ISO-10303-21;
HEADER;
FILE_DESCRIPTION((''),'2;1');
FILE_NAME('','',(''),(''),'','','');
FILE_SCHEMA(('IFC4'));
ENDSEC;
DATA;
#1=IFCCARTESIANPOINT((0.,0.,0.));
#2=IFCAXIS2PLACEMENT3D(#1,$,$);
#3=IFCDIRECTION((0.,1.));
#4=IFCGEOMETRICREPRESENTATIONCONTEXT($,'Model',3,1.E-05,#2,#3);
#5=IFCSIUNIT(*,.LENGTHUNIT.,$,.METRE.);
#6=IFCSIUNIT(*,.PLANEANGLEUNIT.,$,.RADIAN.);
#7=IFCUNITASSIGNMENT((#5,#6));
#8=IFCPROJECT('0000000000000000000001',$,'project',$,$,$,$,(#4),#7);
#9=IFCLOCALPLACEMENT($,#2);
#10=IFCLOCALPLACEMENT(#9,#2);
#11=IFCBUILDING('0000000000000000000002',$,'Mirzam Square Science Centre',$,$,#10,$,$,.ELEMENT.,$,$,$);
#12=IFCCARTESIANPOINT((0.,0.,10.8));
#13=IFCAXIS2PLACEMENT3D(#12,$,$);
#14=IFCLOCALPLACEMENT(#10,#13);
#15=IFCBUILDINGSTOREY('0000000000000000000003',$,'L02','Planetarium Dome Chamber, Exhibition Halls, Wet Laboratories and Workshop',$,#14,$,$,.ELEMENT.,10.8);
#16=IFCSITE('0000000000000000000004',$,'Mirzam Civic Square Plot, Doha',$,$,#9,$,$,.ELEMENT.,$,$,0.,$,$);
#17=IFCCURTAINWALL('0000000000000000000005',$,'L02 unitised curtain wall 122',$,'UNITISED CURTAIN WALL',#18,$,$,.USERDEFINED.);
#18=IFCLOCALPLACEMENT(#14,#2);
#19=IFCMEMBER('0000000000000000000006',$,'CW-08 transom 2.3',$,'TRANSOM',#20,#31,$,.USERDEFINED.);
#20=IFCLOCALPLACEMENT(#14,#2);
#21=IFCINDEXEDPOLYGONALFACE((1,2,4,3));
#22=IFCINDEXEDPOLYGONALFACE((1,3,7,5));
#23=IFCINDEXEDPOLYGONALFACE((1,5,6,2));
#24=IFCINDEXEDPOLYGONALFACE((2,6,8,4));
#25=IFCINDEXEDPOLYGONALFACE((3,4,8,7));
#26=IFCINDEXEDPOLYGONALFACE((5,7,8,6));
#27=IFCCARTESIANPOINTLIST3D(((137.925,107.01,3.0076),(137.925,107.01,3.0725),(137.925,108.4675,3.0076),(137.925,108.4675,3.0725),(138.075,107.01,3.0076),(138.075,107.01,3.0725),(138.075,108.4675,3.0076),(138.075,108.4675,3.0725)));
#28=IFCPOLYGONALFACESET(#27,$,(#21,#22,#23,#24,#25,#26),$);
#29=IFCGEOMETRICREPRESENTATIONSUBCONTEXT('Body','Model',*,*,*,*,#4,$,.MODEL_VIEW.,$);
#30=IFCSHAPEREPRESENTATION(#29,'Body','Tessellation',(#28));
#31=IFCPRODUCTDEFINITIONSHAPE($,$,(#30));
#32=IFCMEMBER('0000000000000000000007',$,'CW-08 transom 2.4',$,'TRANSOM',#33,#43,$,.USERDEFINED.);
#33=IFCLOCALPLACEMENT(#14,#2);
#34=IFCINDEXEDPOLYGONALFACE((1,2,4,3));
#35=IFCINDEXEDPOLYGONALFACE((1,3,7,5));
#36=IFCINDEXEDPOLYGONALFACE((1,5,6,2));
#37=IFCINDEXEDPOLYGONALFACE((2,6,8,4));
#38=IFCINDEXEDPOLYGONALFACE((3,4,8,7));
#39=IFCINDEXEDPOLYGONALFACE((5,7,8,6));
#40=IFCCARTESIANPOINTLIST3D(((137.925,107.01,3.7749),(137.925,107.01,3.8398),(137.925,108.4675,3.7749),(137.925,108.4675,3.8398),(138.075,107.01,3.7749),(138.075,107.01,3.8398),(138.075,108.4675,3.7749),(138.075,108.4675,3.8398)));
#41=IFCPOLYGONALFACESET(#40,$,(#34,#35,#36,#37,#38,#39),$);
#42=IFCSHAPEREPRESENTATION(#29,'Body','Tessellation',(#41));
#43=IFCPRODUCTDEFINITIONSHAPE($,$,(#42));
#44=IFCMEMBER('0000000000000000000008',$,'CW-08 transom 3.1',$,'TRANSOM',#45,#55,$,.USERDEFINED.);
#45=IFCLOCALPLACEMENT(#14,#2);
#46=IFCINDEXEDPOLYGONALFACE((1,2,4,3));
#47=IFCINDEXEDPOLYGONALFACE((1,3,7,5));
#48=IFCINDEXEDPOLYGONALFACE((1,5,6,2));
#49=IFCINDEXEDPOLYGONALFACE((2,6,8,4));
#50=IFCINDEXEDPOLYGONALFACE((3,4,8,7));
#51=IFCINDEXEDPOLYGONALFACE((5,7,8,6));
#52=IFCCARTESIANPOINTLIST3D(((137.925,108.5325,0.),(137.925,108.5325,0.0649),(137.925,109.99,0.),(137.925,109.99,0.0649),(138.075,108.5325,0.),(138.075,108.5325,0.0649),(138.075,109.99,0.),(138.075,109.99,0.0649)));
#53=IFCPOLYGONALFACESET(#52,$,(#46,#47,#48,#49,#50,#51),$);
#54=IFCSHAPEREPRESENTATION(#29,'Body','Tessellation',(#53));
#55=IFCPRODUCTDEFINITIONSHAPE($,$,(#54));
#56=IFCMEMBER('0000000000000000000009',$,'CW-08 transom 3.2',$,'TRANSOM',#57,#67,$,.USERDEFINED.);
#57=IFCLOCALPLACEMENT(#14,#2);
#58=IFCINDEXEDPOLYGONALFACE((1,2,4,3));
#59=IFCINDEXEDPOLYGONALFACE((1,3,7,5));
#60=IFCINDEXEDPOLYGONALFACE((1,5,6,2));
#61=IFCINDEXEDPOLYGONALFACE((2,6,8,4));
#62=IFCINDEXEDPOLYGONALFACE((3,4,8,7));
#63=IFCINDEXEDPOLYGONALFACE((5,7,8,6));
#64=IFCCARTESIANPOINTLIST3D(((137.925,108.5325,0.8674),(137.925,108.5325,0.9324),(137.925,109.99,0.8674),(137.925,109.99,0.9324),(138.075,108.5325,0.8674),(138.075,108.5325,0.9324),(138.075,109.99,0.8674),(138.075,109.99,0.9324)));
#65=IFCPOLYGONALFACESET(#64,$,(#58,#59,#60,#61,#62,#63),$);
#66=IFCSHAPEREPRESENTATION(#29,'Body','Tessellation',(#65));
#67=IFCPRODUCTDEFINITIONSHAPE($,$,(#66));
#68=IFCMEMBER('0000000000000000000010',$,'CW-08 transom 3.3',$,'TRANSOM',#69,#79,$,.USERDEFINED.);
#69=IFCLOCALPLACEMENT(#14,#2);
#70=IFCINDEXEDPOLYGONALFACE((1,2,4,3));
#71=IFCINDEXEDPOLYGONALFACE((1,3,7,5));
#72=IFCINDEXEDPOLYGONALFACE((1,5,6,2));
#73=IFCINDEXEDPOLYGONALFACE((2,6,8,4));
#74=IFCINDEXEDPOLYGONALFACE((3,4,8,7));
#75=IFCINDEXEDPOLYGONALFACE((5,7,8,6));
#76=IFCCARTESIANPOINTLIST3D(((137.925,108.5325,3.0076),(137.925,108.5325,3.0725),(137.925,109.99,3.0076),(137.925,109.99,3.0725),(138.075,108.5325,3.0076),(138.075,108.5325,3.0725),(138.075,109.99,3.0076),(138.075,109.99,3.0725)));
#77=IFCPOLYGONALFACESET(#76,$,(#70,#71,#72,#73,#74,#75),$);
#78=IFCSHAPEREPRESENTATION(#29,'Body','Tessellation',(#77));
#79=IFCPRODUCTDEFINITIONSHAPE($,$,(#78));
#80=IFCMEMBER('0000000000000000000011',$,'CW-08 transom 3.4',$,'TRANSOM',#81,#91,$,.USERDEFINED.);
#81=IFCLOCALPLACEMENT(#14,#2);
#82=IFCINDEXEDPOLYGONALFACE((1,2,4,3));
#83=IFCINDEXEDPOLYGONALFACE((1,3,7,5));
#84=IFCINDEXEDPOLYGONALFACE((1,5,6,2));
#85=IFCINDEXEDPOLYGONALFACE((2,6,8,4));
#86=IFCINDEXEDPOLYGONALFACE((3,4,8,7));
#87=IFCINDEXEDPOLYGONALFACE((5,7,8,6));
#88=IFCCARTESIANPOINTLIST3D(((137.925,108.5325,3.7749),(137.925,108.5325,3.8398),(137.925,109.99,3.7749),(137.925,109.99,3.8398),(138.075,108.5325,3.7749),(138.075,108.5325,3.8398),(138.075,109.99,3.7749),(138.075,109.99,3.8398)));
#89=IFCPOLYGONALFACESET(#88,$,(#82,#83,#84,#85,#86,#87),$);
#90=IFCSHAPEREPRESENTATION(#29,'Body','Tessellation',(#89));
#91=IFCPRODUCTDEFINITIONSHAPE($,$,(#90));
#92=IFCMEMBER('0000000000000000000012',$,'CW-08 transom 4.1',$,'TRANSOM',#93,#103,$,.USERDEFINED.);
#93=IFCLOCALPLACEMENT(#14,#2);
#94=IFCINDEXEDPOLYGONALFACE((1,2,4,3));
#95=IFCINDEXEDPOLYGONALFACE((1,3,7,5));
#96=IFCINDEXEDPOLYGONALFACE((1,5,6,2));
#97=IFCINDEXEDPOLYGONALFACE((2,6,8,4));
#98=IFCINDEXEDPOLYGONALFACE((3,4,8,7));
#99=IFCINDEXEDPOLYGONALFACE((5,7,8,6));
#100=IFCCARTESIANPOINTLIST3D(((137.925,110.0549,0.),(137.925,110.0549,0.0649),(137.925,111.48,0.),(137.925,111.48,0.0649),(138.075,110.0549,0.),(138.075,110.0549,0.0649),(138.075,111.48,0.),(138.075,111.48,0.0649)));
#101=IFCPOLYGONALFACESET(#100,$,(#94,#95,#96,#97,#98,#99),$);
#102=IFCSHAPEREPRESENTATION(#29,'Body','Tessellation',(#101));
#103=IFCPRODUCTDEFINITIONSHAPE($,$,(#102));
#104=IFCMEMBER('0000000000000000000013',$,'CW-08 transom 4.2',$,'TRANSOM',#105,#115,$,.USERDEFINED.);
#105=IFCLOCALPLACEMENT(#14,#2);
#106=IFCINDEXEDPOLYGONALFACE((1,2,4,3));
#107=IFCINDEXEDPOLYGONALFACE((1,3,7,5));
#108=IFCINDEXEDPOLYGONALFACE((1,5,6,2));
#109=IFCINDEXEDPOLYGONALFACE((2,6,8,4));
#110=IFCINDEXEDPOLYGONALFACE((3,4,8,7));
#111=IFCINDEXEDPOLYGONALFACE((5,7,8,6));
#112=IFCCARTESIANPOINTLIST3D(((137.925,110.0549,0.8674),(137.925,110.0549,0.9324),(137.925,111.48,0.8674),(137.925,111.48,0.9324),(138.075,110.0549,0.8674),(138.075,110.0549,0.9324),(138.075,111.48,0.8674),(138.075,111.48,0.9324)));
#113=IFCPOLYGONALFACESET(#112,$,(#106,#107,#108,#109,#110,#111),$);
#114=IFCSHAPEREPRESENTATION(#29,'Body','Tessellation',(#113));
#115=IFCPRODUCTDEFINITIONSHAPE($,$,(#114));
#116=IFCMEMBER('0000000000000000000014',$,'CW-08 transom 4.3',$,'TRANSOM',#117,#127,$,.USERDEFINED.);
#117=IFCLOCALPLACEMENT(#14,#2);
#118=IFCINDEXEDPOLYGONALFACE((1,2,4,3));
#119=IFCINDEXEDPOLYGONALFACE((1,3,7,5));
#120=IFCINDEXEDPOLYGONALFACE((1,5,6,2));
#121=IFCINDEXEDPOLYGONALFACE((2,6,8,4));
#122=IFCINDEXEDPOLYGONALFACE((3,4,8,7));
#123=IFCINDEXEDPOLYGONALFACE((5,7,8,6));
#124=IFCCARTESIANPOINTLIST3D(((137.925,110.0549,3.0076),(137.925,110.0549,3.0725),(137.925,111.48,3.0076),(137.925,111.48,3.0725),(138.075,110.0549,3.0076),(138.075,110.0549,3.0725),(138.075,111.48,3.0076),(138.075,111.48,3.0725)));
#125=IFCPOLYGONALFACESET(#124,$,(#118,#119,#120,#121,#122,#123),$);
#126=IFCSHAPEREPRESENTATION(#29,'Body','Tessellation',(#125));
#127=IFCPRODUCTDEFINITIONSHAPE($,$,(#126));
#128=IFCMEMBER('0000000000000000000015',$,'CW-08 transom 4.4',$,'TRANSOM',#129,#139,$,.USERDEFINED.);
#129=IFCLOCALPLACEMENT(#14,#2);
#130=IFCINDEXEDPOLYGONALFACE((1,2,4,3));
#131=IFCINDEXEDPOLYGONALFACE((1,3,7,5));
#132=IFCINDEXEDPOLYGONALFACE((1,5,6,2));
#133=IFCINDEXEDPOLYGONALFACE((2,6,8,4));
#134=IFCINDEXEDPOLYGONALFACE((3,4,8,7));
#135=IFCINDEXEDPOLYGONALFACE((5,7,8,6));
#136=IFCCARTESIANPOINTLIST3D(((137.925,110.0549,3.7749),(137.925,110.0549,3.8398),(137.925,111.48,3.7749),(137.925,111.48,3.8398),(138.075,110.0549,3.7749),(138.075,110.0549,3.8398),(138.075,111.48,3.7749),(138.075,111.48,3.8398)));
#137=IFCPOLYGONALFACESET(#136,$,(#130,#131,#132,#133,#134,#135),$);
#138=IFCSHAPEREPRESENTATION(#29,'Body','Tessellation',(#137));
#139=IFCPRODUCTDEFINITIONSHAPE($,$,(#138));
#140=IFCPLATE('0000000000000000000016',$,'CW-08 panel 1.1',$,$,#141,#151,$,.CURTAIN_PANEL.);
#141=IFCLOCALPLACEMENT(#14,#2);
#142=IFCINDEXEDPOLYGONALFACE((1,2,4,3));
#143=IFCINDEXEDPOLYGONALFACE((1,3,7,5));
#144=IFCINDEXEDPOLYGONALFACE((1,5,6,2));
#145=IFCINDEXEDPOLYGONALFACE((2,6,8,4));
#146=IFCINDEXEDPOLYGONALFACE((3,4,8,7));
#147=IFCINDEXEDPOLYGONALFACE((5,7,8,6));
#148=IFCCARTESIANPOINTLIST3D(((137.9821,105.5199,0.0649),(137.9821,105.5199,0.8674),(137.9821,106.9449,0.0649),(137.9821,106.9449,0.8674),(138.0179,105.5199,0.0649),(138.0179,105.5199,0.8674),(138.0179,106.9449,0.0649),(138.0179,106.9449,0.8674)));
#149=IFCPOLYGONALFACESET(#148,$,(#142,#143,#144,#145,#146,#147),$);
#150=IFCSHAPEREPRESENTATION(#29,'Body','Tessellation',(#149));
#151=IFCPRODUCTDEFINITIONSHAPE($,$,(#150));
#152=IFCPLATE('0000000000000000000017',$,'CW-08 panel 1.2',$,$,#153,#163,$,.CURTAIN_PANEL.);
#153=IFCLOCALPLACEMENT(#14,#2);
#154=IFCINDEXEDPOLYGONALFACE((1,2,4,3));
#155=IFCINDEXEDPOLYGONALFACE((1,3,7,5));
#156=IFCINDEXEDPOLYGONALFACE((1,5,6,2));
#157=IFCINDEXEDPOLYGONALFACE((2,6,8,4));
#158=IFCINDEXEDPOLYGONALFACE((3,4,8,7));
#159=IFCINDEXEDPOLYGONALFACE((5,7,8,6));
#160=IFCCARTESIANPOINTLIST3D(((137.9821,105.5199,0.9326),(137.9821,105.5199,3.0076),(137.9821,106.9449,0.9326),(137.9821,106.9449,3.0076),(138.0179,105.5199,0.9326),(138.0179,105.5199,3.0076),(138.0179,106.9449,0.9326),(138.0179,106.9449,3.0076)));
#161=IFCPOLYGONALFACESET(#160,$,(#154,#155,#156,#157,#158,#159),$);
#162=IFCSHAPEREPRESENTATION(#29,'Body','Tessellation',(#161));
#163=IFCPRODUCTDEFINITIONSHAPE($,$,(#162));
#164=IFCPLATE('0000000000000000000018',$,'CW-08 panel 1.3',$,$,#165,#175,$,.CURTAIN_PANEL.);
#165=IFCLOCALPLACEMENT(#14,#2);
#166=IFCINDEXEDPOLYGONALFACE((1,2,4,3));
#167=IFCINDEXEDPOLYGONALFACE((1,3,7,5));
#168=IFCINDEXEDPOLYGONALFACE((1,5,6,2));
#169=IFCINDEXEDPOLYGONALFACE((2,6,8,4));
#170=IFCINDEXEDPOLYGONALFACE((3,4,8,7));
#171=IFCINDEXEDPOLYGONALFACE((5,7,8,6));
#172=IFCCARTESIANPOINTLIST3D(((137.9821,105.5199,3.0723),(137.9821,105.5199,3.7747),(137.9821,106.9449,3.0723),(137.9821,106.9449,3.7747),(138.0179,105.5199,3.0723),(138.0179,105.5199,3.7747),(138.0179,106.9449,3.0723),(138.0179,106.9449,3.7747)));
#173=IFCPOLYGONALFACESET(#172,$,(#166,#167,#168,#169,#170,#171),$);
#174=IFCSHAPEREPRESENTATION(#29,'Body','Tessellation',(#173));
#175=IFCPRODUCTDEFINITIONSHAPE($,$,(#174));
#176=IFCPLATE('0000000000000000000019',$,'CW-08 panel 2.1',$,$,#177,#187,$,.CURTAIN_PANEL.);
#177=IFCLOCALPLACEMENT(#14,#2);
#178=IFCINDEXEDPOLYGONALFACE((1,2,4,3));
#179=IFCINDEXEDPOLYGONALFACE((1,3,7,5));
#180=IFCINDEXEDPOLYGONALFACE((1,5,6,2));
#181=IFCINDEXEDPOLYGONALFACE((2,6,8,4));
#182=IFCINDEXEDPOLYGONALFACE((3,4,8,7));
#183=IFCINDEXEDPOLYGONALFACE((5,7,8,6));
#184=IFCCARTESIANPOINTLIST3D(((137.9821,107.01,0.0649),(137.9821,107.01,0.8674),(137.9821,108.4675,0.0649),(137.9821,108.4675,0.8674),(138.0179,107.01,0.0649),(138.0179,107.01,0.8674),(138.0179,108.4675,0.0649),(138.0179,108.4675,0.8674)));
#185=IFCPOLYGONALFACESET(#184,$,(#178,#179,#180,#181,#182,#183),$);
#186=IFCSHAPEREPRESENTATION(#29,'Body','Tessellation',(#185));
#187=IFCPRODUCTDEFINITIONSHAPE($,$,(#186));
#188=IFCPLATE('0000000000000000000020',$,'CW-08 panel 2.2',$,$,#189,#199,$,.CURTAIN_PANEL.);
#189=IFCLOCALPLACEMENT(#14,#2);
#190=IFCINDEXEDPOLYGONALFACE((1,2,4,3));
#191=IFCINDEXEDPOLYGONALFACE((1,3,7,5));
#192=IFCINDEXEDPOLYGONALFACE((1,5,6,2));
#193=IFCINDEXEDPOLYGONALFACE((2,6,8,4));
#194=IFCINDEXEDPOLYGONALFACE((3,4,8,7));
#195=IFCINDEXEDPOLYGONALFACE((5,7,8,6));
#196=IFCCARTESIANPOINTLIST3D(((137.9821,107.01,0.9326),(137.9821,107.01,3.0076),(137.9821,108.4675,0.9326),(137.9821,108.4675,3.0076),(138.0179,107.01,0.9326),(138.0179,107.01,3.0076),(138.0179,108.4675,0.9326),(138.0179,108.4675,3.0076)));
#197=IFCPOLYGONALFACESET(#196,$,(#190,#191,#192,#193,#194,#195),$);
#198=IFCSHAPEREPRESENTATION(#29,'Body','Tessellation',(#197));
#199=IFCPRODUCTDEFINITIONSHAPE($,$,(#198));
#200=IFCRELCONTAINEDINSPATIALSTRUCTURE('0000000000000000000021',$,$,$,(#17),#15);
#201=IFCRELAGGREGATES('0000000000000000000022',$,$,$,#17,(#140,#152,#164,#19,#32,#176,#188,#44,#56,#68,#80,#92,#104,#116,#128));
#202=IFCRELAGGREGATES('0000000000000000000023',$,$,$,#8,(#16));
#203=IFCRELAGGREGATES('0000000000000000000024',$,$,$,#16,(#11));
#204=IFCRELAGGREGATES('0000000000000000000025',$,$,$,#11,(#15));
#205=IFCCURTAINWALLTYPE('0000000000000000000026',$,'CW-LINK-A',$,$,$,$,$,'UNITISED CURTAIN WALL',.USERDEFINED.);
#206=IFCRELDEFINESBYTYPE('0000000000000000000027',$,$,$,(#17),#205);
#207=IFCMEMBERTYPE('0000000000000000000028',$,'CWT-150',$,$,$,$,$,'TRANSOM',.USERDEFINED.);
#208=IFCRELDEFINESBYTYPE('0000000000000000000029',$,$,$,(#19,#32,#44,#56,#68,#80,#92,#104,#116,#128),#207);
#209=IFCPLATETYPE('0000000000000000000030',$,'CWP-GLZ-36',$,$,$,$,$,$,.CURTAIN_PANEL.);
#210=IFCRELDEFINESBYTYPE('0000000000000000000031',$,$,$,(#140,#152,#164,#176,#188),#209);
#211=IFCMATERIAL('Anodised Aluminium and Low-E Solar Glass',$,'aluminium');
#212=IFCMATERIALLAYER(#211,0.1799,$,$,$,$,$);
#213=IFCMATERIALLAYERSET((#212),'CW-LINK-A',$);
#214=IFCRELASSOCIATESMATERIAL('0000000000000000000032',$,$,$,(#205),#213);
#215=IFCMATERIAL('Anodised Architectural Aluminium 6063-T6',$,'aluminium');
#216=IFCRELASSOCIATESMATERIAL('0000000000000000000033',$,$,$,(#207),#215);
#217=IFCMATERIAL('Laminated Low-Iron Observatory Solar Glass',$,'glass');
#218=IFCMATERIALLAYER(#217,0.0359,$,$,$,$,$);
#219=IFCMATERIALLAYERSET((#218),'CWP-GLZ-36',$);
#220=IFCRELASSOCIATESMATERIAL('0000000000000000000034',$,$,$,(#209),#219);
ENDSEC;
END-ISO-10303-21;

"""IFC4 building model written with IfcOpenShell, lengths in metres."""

from ifc_helpers import new_model, si_unit, direction, frame, origin, origin_2d, place, context, subcontext, project, spatial, rectangle, extrude, material, layer, layer_set, material_profile, profile_set, type_object, element, aggregate, save


model = new_model("IFC4")

# Units and contexts
model_context = context("Model", 3, precision=1e-05, world=origin(), true_north=direction((0.0, 1.0)))
body_context = subcontext(model_context, "Body", "Model", "MODEL_VIEW")
ifc_project = project(units=[si_unit("LENGTHUNIT", "METRE"), si_unit("PLANEANGLEUNIT", "RADIAN")], contexts=[model_context])

# Site, building, storey
site_placement = place(None, origin())
site = spatial("IfcSite", under=ifc_project, at=site_placement, Name="Mirzam Civic Square Plot, Doha", CompositionType="ELEMENT", RefElevation=0.0)
building_placement = place(site_placement, origin())
building = spatial("IfcBuilding", under=site, at=building_placement, Name="Mirzam Square Science Centre", CompositionType="ELEMENT")
storey_placement = place(building_placement, frame((0.0, 0.0, 10.8)))
storey = spatial("IfcBuildingStorey", under=building, at=storey_placement, Name="L02", Description="Planetarium Dome Chamber, Exhibition Halls, Wet Laboratories and Workshop", CompositionType="ELEMENT", Elevation=10.8)

# Curtain wall, members, plates
ifc_material_1 = material(Name="Anodised Aluminium and Low-E Solar Glass", Category="aluminium")
ifc_layer_1 = layer(ifc_material_1, 0.1799)
ifc_layer_set_1 = layer_set([ifc_layer_1], Name="CW-LINK-A")
curtain_wall_type = type_object("IfcCurtainWallType", Name="CW-LINK-A", ElementType="UNITISED CURTAIN WALL", PredefinedType="USERDEFINED", material=ifc_layer_set_1)
curtain_wall_placement = place(storey_placement, origin())
curtain_wall = element("IfcCurtainWall", 1, at=curtain_wall_placement, inside=storey, type_object=curtain_wall_type, Name="L02 unitised curtain wall 122", ObjectType="UNITISED CURTAIN WALL", PredefinedType="USERDEFINED")
ifc_material_2 = material(Name="Anodised Architectural Aluminium 6063-T6", Category="aluminium")
ifc_material_profile_1 = material_profile(ifc_material_2, rectangle(XDim=0.1499, YDim=0.0649, at=origin_2d()), Name="ALU-TRAN-150x65x4")
ifc_profile_set_1 = profile_set([ifc_material_profile_1], Name="Anodised Architectural Aluminium 6063-T6")
member_type_1 = type_object("IfcMemberType", Name="CWT-150", ElementType="TRANSOM", PredefinedType="USERDEFINED", material=ifc_profile_set_1)
member_1_placement = place(storey_placement, frame((138.0, 107.01, 3.04), z_axis=(0.0, 1.0, 0.0), x_axis=(-1.0, 0.0, 0.0)))
member_1 = element("IfcMember", 2, at=member_1_placement, type_object=member_type_1, Name="CW-08 transom 2.3", ObjectType="TRANSOM", PredefinedType="USERDEFINED", context=body_context, shape_type="SweptSolid", body=[
    extrude(rectangle(XDim=0.1499, YDim=0.0649, at=origin_2d()), origin(), (0.0, 0.0, 1.0), 1.4575),
])
member_2_placement = place(storey_placement, frame((138.0, 107.01, 3.8074), z_axis=(0.0, 1.0, 0.0), x_axis=(-1.0, 0.0, 0.0)))
member_2 = element("IfcMember", 3, at=member_2_placement, type_object=member_type_1, Name="CW-08 transom 2.4", ObjectType="TRANSOM", PredefinedType="USERDEFINED", context=body_context, shape_type="SweptSolid", body=[
    extrude(rectangle(XDim=0.1499, YDim=0.0649, at=origin_2d()), origin(), (0.0, 0.0, 1.0), 1.4575),
])
member_3_placement = place(storey_placement, frame((138.0, 108.5325, 0.0325), z_axis=(0.0, 1.0, 0.0), x_axis=(-1.0, 0.0, 0.0)))
member_3 = element("IfcMember", 4, at=member_3_placement, type_object=member_type_1, Name="CW-08 transom 3.1", ObjectType="TRANSOM", PredefinedType="USERDEFINED", context=body_context, shape_type="SweptSolid", body=[
    extrude(rectangle(XDim=0.1499, YDim=0.0649, at=origin_2d()), origin(), (0.0, 0.0, 1.0), 1.4575),
])
member_4_placement = place(storey_placement, frame((138.0, 108.5325, 0.8999), z_axis=(0.0, 1.0, 0.0), x_axis=(-1.0, 0.0, 0.0)))
member_4 = element("IfcMember", 5, at=member_4_placement, type_object=member_type_1, Name="CW-08 transom 3.2", ObjectType="TRANSOM", PredefinedType="USERDEFINED", context=body_context, shape_type="SweptSolid", body=[
    extrude(rectangle(XDim=0.1499, YDim=0.0649, at=origin_2d()), origin(), (0.0, 0.0, 1.0), 1.4575),
])
member_5_placement = place(storey_placement, frame((138.0, 108.5325, 3.04), z_axis=(0.0, 1.0, 0.0), x_axis=(-1.0, 0.0, 0.0)))
member_5 = element("IfcMember", 6, at=member_5_placement, type_object=member_type_1, Name="CW-08 transom 3.3", ObjectType="TRANSOM", PredefinedType="USERDEFINED", context=body_context, shape_type="SweptSolid", body=[
    extrude(rectangle(XDim=0.1499, YDim=0.0649, at=origin_2d()), origin(), (0.0, 0.0, 1.0), 1.4575),
])
member_6_placement = place(storey_placement, frame((138.0, 108.5325, 3.8074), z_axis=(0.0, 1.0, 0.0), x_axis=(-1.0, 0.0, 0.0)))
member_6 = element("IfcMember", 7, at=member_6_placement, type_object=member_type_1, Name="CW-08 transom 3.4", ObjectType="TRANSOM", PredefinedType="USERDEFINED", context=body_context, shape_type="SweptSolid", body=[
    extrude(rectangle(XDim=0.1499, YDim=0.0649, at=origin_2d()), origin(), (0.0, 0.0, 1.0), 1.4575),
])
member_7_placement = place(storey_placement, frame((138.0, 110.0549, 0.0325), z_axis=(0.0, 1.0, 0.0), x_axis=(-1.0, 0.0, 0.0)))
member_7 = element("IfcMember", 8, at=member_7_placement, type_object=member_type_1, Name="CW-08 transom 4.1", ObjectType="TRANSOM", PredefinedType="USERDEFINED", context=body_context, shape_type="SweptSolid", body=[
    extrude(rectangle(XDim=0.1499, YDim=0.0649, at=origin_2d()), origin(), (0.0, 0.0, 1.0), 1.425),
])
member_8_placement = place(storey_placement, frame((138.0, 110.0549, 0.8999), z_axis=(0.0, 1.0, 0.0), x_axis=(-1.0, 0.0, 0.0)))
member_8 = element("IfcMember", 9, at=member_8_placement, type_object=member_type_1, Name="CW-08 transom 4.2", ObjectType="TRANSOM", PredefinedType="USERDEFINED", context=body_context, shape_type="SweptSolid", body=[
    extrude(rectangle(XDim=0.1499, YDim=0.0649, at=origin_2d()), origin(), (0.0, 0.0, 1.0), 1.425),
])
member_9_placement = place(storey_placement, frame((138.0, 110.0549, 3.04), z_axis=(0.0, 1.0, 0.0), x_axis=(-1.0, 0.0, 0.0)))
member_9 = element("IfcMember", 10, at=member_9_placement, type_object=member_type_1, Name="CW-08 transom 4.3", ObjectType="TRANSOM", PredefinedType="USERDEFINED", context=body_context, shape_type="SweptSolid", body=[
    extrude(rectangle(XDim=0.1499, YDim=0.0649, at=origin_2d()), origin(), (0.0, 0.0, 1.0), 1.425),
])
member_10_placement = place(storey_placement, frame((138.0, 110.0549, 3.8074), z_axis=(0.0, 1.0, 0.0), x_axis=(-1.0, 0.0, 0.0)))
member_10 = element("IfcMember", 11, at=member_10_placement, type_object=member_type_1, Name="CW-08 transom 4.4", ObjectType="TRANSOM", PredefinedType="USERDEFINED", context=body_context, shape_type="SweptSolid", body=[
    extrude(rectangle(XDim=0.1499, YDim=0.0649, at=origin_2d()), origin(), (0.0, 0.0, 1.0), 1.425),
])
ifc_material_3 = material(Name="Laminated Low-Iron Observatory Solar Glass", Category="glass")
ifc_layer_2 = layer(ifc_material_3, 0.0359)
ifc_layer_set_2 = layer_set([ifc_layer_2], Name="CWP-GLZ-36")
plate_type = type_object("IfcPlateType", Name="CWP-GLZ-36", PredefinedType="CURTAIN_PANEL", material=ifc_layer_set_2)
plate_1_placement = place(storey_placement, frame((138.0, 106.2324, 0.0649), z_axis=(0.0, 0.0, 1.0), x_axis=(0.0, 1.0, 0.0)))
plate_1 = element("IfcPlate", 12, at=plate_1_placement, type_object=plate_type, Name="CW-08 panel 1.1", PredefinedType="CURTAIN_PANEL", context=body_context, shape_type="SweptSolid", body=[
    extrude(rectangle(XDim=1.425, YDim=0.0359, at=origin_2d()), origin(), (0.0, 0.0, 1.0), 0.8025),
])
plate_2_placement = place(storey_placement, frame((138.0, 106.2324, 0.9326), z_axis=(0.0, 0.0, 1.0), x_axis=(0.0, 1.0, 0.0)))
plate_2 = element("IfcPlate", 13, at=plate_2_placement, type_object=plate_type, Name="CW-08 panel 1.2", PredefinedType="CURTAIN_PANEL", context=body_context, shape_type="SweptSolid", body=[
    extrude(rectangle(XDim=1.425, YDim=0.0359, at=origin_2d()), origin(), (0.0, 0.0, 1.0), 2.075),
])
plate_3_placement = place(storey_placement, frame((138.0, 106.2324, 3.0723), z_axis=(0.0, 0.0, 1.0), x_axis=(0.0, 1.0, 0.0)))
plate_3 = element("IfcPlate", 14, at=plate_3_placement, type_object=plate_type, Name="CW-08 panel 1.3", PredefinedType="CURTAIN_PANEL", context=body_context, shape_type="SweptSolid", body=[
    extrude(rectangle(XDim=1.425, YDim=0.0359, at=origin_2d()), origin(), (0.0, 0.0, 1.0), 0.7024),
])
plate_4_placement = place(storey_placement, frame((138.0, 107.7388, 0.0649), z_axis=(0.0, 0.0, 1.0), x_axis=(0.0, 1.0, 0.0)))
plate_4 = element("IfcPlate", 15, at=plate_4_placement, type_object=plate_type, Name="CW-08 panel 2.1", PredefinedType="CURTAIN_PANEL", context=body_context, shape_type="SweptSolid", body=[
    extrude(rectangle(XDim=1.4575, YDim=0.0359, at=origin_2d()), origin(), (0.0, 0.0, 1.0), 0.8025),
])
plate_5_placement = place(storey_placement, frame((138.0, 107.7388, 0.9326), z_axis=(0.0, 0.0, 1.0), x_axis=(0.0, 1.0, 0.0)))
plate_5 = element("IfcPlate", 16, at=plate_5_placement, type_object=plate_type, Name="CW-08 panel 2.2", PredefinedType="CURTAIN_PANEL", context=body_context, shape_type="SweptSolid", body=[
    extrude(rectangle(XDim=1.4575, YDim=0.0359, at=origin_2d()), origin(), (0.0, 0.0, 1.0), 2.075),
])
aggregate(curtain_wall, [plate_1, plate_2, plate_3, member_1, member_2, plate_4, plate_5, member_3, member_4, member_5, member_6, member_7, member_8, member_9, member_10])

save(model, "model.ifc")
